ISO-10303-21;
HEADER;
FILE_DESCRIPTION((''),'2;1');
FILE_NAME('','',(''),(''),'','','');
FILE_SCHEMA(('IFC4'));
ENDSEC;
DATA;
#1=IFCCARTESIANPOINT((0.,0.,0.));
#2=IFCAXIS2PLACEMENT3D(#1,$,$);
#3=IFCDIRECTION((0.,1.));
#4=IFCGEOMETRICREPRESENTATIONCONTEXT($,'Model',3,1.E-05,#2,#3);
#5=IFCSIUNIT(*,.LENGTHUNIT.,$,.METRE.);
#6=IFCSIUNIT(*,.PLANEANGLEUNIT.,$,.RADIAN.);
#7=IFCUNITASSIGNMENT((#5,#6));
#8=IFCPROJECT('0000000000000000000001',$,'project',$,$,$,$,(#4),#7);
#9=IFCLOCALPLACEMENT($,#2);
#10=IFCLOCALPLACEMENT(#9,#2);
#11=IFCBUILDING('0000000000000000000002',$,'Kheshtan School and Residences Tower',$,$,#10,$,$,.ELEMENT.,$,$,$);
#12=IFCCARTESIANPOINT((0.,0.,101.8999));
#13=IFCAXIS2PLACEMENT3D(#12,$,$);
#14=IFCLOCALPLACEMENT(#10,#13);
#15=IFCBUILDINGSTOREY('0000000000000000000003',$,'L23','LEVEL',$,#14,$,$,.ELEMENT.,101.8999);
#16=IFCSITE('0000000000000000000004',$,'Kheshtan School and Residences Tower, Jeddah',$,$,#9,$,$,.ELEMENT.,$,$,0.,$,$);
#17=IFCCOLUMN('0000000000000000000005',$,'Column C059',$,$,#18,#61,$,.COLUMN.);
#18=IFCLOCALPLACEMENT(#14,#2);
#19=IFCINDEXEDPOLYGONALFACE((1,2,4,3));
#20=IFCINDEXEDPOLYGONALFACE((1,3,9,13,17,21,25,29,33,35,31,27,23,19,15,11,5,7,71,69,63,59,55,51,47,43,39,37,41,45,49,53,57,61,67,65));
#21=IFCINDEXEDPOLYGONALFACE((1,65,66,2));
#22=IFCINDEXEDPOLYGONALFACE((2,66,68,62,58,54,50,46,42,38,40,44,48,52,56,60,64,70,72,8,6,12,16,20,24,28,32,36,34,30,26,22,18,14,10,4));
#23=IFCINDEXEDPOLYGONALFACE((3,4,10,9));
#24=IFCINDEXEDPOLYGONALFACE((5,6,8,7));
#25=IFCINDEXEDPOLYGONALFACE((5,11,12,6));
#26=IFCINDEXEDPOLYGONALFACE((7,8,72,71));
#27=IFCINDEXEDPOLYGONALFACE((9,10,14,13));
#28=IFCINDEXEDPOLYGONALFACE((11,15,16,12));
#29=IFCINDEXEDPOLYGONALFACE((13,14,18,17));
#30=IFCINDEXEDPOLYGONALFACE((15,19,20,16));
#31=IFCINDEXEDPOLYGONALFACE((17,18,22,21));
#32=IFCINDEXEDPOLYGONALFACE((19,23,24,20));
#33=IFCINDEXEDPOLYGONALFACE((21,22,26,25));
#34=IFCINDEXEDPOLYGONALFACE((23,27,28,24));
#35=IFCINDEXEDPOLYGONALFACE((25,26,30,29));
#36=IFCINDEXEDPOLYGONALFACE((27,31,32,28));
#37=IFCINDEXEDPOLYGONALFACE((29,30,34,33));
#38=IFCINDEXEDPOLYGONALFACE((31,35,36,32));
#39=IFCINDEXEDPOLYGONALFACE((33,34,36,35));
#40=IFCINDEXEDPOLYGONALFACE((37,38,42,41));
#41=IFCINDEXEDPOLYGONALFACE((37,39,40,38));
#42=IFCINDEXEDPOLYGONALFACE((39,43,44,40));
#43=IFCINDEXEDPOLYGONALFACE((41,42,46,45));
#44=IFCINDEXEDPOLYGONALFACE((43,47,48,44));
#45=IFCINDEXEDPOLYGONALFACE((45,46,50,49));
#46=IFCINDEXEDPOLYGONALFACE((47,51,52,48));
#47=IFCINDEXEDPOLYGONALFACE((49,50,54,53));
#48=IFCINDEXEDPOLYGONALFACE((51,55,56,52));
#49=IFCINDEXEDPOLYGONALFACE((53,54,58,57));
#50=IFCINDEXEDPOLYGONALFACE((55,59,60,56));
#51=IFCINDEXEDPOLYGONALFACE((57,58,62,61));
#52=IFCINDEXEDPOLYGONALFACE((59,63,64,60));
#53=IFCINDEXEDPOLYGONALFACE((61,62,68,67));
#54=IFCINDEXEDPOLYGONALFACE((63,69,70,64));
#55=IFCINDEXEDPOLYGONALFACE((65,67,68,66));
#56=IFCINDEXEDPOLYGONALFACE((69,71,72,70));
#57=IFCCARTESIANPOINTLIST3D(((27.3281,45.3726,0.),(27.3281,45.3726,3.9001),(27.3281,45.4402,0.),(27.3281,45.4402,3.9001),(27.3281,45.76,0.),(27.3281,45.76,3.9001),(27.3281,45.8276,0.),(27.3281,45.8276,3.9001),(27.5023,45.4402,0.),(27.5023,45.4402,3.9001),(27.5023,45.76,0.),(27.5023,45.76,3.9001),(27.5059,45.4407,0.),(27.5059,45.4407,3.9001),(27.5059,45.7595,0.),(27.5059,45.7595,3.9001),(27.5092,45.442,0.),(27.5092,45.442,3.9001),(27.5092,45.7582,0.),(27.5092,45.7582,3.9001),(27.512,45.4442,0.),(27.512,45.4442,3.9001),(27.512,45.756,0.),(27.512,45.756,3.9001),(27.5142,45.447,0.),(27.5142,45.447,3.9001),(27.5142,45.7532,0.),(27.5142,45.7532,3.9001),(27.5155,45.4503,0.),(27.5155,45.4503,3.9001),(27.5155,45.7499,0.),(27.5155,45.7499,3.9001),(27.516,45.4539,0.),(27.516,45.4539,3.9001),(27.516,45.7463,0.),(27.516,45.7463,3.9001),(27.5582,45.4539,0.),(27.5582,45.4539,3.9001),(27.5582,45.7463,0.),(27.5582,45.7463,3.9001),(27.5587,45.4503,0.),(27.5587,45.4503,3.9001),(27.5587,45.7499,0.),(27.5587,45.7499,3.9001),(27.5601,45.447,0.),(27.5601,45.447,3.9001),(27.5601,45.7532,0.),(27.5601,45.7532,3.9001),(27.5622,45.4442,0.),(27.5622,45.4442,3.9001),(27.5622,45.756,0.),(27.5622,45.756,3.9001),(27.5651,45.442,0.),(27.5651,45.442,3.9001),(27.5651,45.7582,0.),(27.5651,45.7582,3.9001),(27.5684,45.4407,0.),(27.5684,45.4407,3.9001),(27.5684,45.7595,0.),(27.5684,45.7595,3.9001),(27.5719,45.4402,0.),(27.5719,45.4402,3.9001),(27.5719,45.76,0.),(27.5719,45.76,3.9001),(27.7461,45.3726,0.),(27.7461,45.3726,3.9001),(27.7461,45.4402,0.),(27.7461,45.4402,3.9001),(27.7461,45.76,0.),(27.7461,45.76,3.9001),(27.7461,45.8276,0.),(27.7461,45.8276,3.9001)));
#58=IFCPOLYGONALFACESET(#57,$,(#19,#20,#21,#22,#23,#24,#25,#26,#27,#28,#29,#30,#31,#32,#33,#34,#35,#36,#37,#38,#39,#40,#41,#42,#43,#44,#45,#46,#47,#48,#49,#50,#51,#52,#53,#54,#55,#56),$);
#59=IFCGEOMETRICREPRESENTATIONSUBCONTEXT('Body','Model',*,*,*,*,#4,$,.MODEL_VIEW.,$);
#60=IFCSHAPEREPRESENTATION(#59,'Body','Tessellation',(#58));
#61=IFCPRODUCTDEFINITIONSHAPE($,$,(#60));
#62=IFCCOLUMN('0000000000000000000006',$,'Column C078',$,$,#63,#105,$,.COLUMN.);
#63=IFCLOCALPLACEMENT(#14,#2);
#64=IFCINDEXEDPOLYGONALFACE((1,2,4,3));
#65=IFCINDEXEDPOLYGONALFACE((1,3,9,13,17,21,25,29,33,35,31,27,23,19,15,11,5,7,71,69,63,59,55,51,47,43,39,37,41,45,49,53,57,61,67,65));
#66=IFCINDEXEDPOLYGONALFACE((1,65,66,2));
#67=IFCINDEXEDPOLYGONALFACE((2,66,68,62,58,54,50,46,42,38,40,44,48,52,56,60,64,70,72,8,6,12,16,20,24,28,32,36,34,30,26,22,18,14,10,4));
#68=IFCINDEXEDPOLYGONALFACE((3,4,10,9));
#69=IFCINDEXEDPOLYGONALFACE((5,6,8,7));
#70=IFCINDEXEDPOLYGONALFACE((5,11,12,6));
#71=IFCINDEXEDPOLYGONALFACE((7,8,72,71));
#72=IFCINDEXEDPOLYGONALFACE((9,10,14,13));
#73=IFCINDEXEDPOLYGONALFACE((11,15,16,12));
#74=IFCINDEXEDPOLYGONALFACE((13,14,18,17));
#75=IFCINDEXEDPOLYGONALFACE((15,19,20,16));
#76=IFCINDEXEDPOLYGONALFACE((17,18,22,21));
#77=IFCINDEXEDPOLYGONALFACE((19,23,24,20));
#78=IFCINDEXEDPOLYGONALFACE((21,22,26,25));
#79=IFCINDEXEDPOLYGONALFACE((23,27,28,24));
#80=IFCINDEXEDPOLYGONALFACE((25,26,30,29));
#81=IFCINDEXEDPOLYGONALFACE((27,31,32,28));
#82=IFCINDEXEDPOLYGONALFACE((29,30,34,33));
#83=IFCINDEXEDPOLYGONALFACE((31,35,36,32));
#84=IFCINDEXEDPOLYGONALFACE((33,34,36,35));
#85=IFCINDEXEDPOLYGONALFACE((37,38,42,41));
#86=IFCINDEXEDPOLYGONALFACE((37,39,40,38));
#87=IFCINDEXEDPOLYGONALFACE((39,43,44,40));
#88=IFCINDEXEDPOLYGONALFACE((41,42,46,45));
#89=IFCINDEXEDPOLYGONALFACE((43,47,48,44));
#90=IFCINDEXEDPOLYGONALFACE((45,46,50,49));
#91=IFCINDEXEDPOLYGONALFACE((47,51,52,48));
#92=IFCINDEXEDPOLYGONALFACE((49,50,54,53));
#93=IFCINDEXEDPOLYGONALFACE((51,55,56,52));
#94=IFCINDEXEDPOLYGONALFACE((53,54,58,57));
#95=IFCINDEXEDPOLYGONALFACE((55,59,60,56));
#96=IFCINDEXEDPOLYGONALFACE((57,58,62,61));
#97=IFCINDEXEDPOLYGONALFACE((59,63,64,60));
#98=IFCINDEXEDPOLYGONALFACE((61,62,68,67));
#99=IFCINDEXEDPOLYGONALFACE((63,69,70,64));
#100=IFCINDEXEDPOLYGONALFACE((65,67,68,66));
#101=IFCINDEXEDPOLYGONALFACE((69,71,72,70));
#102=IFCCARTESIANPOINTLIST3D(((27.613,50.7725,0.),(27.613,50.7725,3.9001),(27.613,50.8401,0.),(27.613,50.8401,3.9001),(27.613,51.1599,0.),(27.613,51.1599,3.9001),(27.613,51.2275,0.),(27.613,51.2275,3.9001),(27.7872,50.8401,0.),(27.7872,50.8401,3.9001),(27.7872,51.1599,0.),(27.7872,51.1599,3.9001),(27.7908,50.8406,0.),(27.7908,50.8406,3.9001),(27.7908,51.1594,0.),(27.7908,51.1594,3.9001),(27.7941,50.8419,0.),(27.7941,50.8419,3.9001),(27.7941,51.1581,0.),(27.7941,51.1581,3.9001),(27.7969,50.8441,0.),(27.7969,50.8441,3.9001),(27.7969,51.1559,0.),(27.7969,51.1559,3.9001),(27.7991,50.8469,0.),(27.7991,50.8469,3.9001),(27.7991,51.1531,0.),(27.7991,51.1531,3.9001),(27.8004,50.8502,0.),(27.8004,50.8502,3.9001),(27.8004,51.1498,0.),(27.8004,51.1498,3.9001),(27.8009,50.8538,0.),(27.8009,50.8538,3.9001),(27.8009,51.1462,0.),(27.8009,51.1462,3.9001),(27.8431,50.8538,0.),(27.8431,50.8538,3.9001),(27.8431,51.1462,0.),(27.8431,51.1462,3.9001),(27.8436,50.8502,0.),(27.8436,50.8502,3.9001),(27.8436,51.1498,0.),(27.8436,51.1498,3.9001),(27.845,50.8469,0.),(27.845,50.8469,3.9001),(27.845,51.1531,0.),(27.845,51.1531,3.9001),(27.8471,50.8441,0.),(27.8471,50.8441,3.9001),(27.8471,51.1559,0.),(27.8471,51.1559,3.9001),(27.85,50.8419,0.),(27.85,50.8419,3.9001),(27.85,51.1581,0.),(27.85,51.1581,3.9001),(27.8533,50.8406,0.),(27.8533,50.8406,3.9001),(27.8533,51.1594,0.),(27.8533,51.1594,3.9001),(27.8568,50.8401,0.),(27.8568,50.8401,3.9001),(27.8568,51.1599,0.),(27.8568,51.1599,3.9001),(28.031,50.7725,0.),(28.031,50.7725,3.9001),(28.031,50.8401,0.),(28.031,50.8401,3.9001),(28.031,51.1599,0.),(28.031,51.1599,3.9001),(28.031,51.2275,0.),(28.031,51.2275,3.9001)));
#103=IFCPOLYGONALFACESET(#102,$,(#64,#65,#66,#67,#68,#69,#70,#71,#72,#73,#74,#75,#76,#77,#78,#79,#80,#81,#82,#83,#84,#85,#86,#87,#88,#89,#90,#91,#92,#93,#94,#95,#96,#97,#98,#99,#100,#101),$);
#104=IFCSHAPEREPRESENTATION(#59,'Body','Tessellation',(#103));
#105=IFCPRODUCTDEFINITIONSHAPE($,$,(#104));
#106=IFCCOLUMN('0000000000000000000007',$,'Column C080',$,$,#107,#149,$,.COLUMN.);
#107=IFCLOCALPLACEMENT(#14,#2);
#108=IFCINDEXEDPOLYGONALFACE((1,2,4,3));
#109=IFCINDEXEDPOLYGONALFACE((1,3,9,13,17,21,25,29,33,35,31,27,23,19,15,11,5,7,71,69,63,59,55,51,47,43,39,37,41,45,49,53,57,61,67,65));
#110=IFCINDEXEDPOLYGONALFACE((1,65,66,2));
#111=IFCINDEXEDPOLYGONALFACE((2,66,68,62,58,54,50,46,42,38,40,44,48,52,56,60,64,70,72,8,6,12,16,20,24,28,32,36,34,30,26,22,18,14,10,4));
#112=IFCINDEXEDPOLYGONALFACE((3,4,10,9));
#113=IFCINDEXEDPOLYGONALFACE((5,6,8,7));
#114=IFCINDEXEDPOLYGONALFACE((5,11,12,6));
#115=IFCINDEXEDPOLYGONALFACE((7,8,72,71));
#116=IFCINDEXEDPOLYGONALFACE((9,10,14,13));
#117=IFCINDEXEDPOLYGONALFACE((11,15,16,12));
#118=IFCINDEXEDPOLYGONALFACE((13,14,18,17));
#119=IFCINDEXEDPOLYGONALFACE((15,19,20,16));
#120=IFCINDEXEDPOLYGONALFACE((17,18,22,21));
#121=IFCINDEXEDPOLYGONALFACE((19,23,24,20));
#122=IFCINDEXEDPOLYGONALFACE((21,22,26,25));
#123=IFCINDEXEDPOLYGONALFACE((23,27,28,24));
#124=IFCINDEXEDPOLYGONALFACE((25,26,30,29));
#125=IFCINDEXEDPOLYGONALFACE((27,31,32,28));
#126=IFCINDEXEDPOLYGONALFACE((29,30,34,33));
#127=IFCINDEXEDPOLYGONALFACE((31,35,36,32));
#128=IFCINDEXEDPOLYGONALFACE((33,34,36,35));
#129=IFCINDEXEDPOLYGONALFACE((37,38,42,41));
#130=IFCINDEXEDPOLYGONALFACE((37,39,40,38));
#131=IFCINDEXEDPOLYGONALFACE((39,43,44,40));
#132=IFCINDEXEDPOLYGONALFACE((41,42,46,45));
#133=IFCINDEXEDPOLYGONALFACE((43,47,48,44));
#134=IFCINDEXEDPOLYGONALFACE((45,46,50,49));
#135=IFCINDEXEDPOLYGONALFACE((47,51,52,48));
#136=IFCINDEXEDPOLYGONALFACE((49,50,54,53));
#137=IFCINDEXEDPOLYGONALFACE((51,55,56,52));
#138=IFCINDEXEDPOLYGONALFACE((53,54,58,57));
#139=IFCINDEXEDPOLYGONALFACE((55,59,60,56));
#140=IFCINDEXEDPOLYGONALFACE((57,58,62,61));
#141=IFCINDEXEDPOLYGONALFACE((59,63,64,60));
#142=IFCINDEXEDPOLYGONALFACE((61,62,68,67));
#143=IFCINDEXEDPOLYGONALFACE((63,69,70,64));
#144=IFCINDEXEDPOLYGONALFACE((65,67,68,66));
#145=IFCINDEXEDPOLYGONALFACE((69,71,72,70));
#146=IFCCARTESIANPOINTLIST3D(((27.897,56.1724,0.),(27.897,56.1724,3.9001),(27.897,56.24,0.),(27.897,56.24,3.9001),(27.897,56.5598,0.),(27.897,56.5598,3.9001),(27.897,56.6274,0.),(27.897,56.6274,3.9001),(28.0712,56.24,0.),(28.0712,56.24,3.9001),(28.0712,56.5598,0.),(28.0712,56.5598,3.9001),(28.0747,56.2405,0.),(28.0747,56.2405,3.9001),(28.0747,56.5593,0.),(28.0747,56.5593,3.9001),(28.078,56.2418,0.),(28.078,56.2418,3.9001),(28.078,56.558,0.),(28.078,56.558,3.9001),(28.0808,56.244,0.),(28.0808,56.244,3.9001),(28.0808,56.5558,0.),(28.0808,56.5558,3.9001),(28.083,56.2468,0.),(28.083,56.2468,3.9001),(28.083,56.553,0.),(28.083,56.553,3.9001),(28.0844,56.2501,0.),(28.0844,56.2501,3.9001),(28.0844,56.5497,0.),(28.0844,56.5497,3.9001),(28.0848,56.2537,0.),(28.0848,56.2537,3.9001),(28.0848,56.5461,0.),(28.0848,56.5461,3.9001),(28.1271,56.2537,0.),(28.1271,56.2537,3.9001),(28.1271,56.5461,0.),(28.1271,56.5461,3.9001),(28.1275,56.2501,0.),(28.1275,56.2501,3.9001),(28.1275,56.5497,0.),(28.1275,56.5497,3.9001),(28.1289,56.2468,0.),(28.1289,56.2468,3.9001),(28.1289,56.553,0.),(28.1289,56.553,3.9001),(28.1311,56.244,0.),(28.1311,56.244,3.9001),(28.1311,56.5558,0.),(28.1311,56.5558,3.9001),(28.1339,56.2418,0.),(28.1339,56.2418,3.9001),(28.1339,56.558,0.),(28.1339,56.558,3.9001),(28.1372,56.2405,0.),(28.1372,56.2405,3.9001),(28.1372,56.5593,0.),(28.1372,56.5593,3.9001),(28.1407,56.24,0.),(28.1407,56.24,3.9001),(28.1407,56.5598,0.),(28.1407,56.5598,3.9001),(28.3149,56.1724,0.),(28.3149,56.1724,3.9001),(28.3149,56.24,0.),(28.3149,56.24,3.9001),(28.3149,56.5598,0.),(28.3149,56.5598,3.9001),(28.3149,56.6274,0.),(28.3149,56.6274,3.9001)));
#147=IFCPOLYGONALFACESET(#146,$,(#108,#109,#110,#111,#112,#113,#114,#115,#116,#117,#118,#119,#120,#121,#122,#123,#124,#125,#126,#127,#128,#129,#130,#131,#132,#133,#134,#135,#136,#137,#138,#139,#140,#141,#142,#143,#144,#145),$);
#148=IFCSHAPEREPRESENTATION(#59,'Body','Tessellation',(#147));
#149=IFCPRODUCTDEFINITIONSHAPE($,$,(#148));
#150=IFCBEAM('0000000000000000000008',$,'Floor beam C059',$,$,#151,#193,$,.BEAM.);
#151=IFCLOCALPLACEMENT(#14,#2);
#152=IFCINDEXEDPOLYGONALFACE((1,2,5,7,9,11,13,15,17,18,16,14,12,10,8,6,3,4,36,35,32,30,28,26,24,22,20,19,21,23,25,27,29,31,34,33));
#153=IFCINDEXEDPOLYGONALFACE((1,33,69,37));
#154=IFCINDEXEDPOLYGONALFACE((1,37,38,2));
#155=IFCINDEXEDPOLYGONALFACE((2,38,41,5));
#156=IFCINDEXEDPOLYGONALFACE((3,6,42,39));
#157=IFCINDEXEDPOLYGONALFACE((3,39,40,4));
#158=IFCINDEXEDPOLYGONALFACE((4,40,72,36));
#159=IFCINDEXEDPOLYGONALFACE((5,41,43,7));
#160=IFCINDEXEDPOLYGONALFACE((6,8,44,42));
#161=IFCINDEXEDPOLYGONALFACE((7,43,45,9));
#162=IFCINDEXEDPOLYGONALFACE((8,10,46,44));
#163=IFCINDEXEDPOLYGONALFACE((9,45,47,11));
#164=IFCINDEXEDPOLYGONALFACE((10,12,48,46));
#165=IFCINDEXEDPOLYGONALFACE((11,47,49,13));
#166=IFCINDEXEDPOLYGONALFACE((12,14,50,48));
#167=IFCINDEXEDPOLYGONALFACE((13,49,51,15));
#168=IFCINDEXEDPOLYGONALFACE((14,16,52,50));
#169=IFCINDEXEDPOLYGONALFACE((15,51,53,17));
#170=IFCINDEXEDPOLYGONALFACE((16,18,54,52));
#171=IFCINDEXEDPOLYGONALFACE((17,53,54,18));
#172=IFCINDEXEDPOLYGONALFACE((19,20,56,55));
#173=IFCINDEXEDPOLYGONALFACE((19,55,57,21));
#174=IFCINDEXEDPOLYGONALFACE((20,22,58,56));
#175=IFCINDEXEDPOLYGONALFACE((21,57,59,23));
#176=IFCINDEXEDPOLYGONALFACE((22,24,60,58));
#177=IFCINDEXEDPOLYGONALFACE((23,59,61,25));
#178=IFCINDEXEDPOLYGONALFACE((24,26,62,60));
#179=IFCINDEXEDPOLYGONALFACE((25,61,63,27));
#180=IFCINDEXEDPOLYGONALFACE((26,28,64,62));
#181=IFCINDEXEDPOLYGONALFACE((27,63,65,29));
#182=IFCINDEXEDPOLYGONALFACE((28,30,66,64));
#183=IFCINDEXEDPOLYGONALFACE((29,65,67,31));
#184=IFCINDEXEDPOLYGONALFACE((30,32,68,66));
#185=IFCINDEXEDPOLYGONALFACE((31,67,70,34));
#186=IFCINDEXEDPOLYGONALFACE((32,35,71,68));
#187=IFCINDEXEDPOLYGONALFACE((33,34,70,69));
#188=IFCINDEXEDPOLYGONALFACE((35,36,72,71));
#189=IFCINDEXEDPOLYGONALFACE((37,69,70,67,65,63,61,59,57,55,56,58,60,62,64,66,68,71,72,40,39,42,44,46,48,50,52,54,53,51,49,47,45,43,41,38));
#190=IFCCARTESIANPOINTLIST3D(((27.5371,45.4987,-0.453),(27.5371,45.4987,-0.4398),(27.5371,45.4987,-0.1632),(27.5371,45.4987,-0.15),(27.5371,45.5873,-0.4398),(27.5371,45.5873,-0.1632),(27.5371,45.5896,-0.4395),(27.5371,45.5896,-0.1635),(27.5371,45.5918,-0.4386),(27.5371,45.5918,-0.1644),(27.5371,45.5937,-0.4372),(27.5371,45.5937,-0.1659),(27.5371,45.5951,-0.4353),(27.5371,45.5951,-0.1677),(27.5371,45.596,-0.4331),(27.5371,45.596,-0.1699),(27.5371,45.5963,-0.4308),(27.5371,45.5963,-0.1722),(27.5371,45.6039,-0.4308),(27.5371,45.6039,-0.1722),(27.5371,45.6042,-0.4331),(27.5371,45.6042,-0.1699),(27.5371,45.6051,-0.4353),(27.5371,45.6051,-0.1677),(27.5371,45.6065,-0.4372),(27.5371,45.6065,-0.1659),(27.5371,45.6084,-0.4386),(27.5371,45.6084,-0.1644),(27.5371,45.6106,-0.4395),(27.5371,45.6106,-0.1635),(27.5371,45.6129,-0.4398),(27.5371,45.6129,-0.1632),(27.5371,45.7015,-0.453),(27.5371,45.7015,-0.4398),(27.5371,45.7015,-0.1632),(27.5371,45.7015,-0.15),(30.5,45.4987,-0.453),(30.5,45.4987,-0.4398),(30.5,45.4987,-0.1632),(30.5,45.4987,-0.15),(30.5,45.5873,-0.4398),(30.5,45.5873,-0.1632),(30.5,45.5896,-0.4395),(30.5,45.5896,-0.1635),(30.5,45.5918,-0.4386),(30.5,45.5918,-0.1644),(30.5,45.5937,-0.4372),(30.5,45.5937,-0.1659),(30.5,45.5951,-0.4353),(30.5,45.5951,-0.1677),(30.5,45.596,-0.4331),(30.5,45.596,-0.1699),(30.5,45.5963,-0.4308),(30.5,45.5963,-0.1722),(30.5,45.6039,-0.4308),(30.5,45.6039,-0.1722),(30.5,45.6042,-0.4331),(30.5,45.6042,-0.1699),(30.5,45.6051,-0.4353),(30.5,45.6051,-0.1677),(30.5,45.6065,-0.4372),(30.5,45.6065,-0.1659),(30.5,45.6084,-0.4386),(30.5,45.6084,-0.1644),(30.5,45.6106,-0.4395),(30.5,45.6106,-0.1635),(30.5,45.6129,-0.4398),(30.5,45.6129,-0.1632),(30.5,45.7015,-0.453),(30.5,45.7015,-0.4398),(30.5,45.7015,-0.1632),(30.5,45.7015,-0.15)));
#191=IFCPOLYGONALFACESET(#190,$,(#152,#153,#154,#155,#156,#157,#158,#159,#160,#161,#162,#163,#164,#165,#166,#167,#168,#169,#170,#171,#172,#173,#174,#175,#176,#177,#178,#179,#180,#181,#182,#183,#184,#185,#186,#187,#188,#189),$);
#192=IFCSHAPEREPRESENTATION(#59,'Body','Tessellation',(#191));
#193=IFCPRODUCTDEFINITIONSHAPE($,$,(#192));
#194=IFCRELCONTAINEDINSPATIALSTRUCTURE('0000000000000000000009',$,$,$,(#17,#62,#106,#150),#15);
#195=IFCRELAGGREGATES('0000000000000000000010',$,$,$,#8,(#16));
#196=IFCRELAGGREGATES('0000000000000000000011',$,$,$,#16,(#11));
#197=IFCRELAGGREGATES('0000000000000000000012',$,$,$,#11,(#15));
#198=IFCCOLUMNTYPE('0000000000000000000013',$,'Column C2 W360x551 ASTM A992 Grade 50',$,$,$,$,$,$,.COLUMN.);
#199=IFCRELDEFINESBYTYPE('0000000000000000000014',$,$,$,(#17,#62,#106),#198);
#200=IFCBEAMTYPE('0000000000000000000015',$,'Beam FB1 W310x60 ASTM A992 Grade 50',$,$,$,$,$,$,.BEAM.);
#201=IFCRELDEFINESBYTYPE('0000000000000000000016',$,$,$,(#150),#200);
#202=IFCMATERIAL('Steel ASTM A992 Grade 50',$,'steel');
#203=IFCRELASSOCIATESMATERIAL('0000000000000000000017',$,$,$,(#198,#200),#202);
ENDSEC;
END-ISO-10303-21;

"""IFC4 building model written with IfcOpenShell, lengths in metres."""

from ifc_helpers import new_model, si_unit, direction, frame, origin, origin_2d, place, context, subcontext, project, spatial, i_section, extrude, material, material_profile, profile_set, type_object, element, save


model = new_model("IFC4")

# Units and contexts
model_context = context("Model", 3, precision=1e-05, world=origin(), true_north=direction((0.0, 1.0)))
body_context = subcontext(model_context, "Body", "Model", "MODEL_VIEW")
ifc_project = project(units=[si_unit("LENGTHUNIT", "METRE"), si_unit("PLANEANGLEUNIT", "RADIAN")], contexts=[model_context])

# Site, building, storey
site_placement = place(None, origin())
site = spatial("IfcSite", under=ifc_project, at=site_placement, Name="Kheshtan School and Residences Tower, Jeddah", CompositionType="ELEMENT", RefElevation=0.0)
building_placement = place(site_placement, origin())
building = spatial("IfcBuilding", under=site, at=building_placement, Name="Kheshtan School and Residences Tower", CompositionType="ELEMENT")
storey_placement = place(building_placement, frame((0.0, 0.0, 101.8999)))
storey = spatial("IfcBuildingStorey", under=building, at=storey_placement, Name="L23", Description="LEVEL", CompositionType="ELEMENT", Elevation=101.8999)

# Columns
ifc_material_1 = material(Name="Steel ASTM A992 Grade 50", Category="steel")
ifc_material_profile_1 = material_profile(ifc_material_1, i_section(OverallWidth=0.418, OverallDepth=0.4551, WebThickness=0.0422, FlangeThickness=0.0676, FilletRadius=0.0137, at=origin_2d()), Name="W360x551")
ifc_profile_set_1 = profile_set([ifc_material_profile_1], Name="Steel ASTM A992 Grade 50")
column_type = type_object("IfcColumnType", Name="Column C2 W360x551 ASTM A992 Grade 50", PredefinedType="COLUMN", material=ifc_profile_set_1)
for number, where, z_axis, x_axis, name in (
    (1, (27.5371, 45.6001, 0.0), (0.0, 0.0, 1.0), (1.0, 0.0, 0.0), "Column C059"),
    (2, (27.822, 51.0, 0.0), (0.0, 0.0, 1.0), (1.0, 0.0, 0.0), "Column C078"),
    (3, (28.106, 56.3999, 0.0), (0.0, 0.0, 1.0), (1.0, 0.0, 0.0), "Column C080"),
):
    element("IfcColumn", number, at=place(storey_placement, frame(where, z_axis=z_axis, x_axis=x_axis)), inside=storey, type_object=column_type, Name=name, PredefinedType="COLUMN", context=body_context, shape_type="SweptSolid", body=[
        extrude(i_section(OverallWidth=0.418, OverallDepth=0.4551, WebThickness=0.0422, FlangeThickness=0.0676, FilletRadius=0.0137, at=origin_2d()), origin(), (0.0, 0.0, 1.0), 3.9001),
    ])

# Beam
ifc_material_profile_2 = material_profile(ifc_material_1, i_section(OverallWidth=0.2029, OverallDepth=0.303, WebThickness=0.0076, FlangeThickness=0.0132, FilletRadius=0.009, at=origin_2d()), Name="W310x60")
ifc_profile_set_2 = profile_set([ifc_material_profile_2], Name="Steel ASTM A992 Grade 50")
beam_type_1 = type_object("IfcBeamType", Name="Beam FB1 W310x60 ASTM A992 Grade 50", PredefinedType="BEAM", material=ifc_profile_set_2)
beam_1_placement = place(storey_placement, frame((27.5371, 45.6001, -0.3015), z_axis=(1.0, 0.0, 0.0), x_axis=(0.0, 1.0, 0.0)))
element("IfcBeam", 4, at=beam_1_placement, inside=storey, type_object=beam_type_1, Name="Floor beam C059", PredefinedType="BEAM", context=body_context, shape_type="SweptSolid", body=[
    extrude(i_section(OverallWidth=0.2029, OverallDepth=0.303, WebThickness=0.0076, FlangeThickness=0.0132, FilletRadius=0.009, at=origin_2d()), origin(), (0.0, 0.0, 1.0), 2.9629),
])

save(model, "model.ifc")
